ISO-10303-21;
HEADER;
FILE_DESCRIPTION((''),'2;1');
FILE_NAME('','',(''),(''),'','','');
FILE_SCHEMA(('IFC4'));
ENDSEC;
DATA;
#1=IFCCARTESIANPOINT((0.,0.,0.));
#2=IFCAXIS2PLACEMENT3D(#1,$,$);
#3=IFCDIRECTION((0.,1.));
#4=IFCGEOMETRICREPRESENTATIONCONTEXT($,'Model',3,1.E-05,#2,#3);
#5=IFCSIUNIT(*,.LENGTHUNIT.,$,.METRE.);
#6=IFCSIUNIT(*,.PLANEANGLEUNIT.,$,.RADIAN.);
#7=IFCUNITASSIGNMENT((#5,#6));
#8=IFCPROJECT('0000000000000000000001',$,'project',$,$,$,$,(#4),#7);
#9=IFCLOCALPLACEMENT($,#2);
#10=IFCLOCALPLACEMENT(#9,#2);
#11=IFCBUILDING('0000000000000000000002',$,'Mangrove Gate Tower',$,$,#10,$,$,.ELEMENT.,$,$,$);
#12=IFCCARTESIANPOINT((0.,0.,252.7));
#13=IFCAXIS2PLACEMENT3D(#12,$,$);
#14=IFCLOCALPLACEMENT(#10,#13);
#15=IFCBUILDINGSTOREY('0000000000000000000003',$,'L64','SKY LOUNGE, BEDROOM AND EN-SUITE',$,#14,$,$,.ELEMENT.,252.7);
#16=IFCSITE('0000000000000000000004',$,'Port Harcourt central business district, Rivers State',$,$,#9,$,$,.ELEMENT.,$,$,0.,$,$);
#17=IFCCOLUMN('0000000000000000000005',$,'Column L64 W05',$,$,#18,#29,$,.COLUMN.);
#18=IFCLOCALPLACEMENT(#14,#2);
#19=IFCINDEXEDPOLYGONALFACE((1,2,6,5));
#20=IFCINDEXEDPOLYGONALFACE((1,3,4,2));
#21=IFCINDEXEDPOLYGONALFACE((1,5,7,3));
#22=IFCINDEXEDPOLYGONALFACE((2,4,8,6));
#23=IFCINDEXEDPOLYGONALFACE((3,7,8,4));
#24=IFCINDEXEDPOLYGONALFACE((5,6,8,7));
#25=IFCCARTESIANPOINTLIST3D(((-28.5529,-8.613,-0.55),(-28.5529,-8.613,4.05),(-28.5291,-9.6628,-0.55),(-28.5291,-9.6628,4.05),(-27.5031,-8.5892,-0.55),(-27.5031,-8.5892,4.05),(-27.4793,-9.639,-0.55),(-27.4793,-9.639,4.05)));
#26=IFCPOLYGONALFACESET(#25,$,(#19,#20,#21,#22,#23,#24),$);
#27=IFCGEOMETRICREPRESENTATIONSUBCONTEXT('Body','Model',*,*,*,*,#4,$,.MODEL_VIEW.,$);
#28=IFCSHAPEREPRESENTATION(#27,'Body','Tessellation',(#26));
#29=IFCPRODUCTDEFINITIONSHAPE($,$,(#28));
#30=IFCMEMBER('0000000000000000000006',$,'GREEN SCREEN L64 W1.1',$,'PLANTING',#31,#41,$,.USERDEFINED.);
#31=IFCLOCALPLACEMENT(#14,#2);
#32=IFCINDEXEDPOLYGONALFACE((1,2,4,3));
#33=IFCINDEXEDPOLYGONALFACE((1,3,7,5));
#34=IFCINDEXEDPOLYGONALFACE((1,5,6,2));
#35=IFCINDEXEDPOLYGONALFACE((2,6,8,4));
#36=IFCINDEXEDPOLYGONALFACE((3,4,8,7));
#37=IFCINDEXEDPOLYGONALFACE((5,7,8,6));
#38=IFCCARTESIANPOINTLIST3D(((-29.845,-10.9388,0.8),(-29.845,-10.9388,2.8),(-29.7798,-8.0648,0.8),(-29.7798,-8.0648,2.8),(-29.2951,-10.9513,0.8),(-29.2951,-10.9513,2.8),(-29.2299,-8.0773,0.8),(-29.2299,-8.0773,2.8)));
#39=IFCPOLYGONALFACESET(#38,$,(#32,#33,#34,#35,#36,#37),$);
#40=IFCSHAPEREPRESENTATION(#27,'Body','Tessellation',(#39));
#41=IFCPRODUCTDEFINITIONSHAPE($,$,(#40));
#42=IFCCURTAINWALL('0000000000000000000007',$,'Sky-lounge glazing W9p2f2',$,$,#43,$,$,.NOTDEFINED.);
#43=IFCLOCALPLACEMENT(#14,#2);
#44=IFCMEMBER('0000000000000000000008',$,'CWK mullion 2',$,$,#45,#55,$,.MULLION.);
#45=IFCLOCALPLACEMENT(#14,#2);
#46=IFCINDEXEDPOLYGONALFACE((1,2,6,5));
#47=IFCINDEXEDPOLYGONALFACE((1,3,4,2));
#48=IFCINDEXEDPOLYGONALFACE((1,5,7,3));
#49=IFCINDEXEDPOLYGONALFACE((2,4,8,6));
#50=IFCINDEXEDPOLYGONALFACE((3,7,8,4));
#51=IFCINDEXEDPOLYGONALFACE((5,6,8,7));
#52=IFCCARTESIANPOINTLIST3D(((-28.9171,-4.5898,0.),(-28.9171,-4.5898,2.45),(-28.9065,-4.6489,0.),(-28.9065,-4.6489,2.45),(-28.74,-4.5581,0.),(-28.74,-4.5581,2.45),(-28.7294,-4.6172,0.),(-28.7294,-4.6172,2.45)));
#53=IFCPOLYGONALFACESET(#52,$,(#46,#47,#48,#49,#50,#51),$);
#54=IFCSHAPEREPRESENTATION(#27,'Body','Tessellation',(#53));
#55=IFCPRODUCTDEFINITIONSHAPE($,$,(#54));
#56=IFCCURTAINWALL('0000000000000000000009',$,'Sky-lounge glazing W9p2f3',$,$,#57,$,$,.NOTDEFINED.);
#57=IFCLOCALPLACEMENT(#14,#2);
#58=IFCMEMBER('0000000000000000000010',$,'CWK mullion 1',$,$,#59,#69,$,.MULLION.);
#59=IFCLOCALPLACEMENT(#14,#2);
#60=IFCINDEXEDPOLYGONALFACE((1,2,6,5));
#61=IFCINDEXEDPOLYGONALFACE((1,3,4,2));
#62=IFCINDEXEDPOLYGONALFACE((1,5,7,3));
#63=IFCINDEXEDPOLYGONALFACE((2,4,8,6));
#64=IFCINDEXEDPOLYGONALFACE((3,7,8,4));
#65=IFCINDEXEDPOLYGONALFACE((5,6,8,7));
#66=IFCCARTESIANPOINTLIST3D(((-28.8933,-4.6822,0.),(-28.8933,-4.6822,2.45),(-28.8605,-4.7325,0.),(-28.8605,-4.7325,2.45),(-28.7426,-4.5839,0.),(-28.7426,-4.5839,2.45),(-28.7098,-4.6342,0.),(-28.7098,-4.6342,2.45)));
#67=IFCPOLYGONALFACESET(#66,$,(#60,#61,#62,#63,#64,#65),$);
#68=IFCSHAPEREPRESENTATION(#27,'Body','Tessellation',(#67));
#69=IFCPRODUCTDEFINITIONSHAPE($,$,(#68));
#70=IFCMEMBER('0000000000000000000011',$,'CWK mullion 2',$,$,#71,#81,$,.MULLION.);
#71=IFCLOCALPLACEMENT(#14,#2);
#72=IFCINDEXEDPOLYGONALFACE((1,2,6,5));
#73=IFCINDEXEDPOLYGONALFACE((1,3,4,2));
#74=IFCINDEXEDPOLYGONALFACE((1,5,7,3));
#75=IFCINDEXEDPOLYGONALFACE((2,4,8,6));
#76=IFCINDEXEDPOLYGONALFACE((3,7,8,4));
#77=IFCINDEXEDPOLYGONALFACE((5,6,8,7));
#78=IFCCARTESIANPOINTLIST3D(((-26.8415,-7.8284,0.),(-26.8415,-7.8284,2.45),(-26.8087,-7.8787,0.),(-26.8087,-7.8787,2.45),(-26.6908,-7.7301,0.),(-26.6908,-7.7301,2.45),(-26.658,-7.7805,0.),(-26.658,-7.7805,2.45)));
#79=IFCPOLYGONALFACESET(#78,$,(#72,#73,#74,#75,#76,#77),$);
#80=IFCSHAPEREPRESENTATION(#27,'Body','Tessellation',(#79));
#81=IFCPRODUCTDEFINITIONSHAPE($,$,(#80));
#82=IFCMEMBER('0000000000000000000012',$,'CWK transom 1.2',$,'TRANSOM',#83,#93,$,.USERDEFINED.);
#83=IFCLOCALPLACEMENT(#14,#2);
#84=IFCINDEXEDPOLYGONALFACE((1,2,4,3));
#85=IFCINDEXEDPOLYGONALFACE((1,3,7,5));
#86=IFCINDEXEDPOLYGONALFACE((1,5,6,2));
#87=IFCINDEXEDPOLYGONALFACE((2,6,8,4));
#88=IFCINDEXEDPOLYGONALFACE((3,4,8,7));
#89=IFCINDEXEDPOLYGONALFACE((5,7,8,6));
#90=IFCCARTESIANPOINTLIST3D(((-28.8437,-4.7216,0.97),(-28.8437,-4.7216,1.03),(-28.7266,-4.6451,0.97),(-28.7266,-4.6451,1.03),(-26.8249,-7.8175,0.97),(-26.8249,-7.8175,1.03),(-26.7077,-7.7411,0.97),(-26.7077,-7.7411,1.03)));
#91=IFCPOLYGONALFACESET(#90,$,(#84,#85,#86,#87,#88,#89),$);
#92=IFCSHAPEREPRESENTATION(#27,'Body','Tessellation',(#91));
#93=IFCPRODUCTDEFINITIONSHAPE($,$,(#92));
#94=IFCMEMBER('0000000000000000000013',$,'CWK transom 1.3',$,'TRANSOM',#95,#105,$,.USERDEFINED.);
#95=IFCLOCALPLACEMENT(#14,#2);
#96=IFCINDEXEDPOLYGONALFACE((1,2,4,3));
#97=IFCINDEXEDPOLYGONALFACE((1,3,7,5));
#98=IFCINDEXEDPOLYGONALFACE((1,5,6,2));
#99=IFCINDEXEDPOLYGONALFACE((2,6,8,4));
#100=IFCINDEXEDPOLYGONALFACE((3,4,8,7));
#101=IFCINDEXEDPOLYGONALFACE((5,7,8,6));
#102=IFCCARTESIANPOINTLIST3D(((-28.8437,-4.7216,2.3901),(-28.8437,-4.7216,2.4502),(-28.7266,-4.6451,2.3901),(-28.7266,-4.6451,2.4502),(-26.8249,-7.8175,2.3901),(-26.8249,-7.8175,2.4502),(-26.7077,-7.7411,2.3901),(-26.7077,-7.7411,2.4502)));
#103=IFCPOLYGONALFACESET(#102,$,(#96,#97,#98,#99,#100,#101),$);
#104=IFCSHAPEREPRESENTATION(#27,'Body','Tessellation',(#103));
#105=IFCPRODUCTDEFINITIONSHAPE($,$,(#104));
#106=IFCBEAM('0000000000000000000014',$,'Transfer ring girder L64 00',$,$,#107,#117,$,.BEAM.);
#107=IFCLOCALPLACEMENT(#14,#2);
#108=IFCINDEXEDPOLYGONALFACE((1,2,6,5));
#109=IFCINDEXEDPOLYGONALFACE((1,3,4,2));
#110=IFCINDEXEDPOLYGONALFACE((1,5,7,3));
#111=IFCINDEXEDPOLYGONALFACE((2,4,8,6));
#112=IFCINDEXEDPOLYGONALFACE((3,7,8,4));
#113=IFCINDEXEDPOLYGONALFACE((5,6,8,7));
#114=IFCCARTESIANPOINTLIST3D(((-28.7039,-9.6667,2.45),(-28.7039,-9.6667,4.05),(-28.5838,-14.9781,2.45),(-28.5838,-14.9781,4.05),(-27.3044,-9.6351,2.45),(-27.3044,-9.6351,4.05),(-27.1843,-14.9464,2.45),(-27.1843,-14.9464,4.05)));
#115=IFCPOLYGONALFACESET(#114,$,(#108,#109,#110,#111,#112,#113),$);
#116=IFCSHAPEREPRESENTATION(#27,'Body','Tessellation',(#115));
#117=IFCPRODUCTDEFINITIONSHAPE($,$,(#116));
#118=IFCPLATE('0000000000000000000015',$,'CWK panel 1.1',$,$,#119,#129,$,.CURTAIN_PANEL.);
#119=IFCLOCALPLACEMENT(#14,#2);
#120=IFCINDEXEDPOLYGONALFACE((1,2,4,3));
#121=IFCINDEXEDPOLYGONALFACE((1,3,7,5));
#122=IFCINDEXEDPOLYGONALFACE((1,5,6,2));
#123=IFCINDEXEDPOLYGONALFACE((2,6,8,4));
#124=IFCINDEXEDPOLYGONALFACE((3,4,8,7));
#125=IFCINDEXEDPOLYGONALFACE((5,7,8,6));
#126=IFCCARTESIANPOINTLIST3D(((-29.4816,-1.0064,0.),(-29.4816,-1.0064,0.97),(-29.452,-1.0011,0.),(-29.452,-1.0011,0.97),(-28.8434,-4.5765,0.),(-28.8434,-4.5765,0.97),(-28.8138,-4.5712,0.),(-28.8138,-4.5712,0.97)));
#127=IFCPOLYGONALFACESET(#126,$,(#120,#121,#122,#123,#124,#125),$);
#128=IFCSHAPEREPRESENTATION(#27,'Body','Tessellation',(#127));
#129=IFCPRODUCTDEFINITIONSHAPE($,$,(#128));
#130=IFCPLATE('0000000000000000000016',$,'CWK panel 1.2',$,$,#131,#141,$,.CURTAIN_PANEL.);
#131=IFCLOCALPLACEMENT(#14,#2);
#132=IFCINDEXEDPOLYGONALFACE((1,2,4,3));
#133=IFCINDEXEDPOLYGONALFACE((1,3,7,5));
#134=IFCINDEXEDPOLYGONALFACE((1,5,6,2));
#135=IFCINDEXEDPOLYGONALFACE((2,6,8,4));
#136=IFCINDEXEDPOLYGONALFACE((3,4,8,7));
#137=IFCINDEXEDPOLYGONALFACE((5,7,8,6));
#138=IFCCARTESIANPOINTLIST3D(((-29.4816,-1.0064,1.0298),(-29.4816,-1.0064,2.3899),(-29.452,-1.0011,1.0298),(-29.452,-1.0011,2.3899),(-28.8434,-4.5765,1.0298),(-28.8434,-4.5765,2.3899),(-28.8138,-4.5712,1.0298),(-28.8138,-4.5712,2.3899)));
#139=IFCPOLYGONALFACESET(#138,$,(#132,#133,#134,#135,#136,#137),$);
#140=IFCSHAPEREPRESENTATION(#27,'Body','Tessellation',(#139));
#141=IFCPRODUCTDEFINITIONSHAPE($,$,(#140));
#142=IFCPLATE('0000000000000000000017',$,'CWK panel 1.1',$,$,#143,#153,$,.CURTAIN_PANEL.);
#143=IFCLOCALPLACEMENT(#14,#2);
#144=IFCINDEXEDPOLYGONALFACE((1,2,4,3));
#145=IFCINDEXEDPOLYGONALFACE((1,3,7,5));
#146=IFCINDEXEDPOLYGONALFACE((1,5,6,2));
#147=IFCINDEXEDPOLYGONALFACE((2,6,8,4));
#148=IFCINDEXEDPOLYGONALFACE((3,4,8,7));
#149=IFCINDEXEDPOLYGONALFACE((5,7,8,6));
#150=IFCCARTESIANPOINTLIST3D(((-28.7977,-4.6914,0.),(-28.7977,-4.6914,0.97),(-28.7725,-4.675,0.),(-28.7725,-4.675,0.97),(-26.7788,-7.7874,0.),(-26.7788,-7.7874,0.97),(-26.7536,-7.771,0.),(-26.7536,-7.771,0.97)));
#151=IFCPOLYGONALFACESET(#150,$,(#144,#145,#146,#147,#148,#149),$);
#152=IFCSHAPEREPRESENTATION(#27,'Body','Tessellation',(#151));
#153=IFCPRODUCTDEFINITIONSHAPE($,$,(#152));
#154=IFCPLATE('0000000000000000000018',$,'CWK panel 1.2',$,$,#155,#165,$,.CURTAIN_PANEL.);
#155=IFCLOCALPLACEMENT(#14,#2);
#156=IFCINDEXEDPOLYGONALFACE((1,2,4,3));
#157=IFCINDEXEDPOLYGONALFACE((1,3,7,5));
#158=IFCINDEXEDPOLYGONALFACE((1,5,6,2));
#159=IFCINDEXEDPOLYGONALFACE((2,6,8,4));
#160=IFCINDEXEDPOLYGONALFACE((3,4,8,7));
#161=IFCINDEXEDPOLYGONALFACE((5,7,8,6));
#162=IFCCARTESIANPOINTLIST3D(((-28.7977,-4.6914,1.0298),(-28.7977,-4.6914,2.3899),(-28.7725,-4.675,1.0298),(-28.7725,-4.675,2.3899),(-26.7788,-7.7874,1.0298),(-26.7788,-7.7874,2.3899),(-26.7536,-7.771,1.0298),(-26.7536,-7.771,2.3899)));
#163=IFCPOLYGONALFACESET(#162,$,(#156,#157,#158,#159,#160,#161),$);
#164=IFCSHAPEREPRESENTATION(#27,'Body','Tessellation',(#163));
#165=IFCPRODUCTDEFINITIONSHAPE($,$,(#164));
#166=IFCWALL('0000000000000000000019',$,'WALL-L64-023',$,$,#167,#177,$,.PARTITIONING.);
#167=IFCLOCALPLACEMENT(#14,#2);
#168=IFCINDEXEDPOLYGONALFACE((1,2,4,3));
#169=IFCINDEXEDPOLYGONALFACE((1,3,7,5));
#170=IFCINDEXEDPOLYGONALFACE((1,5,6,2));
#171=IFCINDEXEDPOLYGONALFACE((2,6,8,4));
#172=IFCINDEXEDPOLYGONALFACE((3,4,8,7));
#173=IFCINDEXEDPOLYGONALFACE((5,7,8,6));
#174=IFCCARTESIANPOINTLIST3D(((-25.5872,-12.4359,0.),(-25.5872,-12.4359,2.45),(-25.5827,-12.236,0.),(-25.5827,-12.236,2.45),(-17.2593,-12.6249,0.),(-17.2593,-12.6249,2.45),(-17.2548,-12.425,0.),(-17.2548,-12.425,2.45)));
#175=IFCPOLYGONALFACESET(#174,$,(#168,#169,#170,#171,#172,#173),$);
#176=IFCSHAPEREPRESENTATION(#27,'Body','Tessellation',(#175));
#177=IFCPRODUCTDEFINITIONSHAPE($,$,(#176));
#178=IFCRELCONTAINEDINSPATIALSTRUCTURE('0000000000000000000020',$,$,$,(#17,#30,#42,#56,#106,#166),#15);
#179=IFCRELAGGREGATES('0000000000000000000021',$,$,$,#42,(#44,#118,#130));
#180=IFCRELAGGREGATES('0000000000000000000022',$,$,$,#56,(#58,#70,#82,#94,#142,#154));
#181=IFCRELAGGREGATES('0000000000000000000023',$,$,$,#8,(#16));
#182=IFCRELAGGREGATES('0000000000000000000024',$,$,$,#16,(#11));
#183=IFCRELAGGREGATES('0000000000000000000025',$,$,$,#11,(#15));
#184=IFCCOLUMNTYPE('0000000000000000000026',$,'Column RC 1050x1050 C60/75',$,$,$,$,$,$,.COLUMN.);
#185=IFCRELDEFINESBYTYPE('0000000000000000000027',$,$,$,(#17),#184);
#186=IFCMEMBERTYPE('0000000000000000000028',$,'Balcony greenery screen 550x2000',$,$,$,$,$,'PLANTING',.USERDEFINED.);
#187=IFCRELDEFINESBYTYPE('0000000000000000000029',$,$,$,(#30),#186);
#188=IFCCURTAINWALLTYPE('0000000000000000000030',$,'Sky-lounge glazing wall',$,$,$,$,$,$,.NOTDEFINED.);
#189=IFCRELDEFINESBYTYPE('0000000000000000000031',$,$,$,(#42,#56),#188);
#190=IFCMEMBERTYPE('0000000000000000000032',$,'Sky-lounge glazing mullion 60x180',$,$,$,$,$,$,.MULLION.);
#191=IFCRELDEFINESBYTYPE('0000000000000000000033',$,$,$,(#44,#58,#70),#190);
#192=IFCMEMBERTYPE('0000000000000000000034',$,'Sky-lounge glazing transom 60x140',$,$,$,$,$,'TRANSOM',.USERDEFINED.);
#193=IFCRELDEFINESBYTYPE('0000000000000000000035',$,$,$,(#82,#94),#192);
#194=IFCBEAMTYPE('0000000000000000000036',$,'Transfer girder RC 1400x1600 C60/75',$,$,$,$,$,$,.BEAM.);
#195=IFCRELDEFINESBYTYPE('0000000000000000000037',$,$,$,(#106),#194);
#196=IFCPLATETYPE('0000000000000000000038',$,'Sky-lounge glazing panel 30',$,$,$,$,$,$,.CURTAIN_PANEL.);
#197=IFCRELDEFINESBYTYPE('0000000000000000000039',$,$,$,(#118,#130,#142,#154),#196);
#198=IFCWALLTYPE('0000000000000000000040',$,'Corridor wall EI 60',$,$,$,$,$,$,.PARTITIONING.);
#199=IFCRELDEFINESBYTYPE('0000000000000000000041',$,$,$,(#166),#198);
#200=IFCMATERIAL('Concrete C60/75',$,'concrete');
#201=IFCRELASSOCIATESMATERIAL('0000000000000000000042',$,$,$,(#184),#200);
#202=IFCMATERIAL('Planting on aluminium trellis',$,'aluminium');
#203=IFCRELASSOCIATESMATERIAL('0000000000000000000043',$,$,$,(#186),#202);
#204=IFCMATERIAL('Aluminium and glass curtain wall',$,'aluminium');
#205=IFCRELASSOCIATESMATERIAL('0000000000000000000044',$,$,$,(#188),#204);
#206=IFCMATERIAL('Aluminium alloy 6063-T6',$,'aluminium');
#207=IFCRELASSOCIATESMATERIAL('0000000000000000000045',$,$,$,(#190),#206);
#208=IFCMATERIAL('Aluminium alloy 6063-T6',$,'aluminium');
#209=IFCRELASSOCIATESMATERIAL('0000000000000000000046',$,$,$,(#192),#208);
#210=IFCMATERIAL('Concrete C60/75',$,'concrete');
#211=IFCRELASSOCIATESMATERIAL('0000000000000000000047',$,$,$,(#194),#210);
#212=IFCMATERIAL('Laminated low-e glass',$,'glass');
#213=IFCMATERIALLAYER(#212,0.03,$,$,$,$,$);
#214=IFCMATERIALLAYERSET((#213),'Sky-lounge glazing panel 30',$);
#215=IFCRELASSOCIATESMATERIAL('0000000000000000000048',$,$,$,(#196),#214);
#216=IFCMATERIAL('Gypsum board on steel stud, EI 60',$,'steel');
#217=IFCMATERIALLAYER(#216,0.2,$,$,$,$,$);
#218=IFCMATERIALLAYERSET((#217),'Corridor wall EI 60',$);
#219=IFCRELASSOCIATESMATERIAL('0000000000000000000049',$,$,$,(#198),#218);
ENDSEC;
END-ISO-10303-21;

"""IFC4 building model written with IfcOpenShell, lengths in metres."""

from ifc_helpers import new_model, si_unit, direction, frame, frame_2d, origin, origin_2d, place, context, subcontext, project, spatial, rectangle, extrude, material, layer, layer_set, material_profile, profile_set, type_object, element, aggregate, save


model = new_model("IFC4")

# Units and contexts
model_context = context("Model", 3, precision=1e-05, world=origin(), true_north=direction((0.0, 1.0)))
body_context = subcontext(model_context, "Body", "Model", "MODEL_VIEW")
ifc_project = project(units=[si_unit("LENGTHUNIT", "METRE"), si_unit("PLANEANGLEUNIT", "RADIAN")], contexts=[model_context])

# Site, building, storey
site_placement = place(None, origin())
site = spatial("IfcSite", under=ifc_project, at=site_placement, Name="Port Harcourt central business district, Rivers State", CompositionType="ELEMENT", RefElevation=0.0)
building_placement = place(site_placement, origin())
building = spatial("IfcBuilding", under=site, at=building_placement, Name="Mangrove Gate Tower", CompositionType="ELEMENT")
storey_placement = place(building_placement, frame((0.0, 0.0, 252.7)))
storey = spatial("IfcBuildingStorey", under=building, at=storey_placement, Name="L64", Description="SKY LOUNGE, BEDROOM AND EN-SUITE", CompositionType="ELEMENT", Elevation=252.7)

# Column
ifc_material_1 = material(Name="Concrete C60/75", Category="concrete")
ifc_material_profile_1 = material_profile(ifc_material_1, rectangle(XDim=1.05, YDim=1.05, at=origin_2d()))
ifc_profile_set_1 = profile_set([ifc_material_profile_1], Name="Concrete C60/75")
column_type = type_object("IfcColumnType", Name="Column RC 1050x1050 C60/75", PredefinedType="COLUMN", material=ifc_profile_set_1)
column_placement = place(storey_placement, frame((-28.0161, -9.126, -0.55), z_axis=(0.0, 0.0, 1.0), x_axis=(0.022672, -0.999743, 0.0)))
element("IfcColumn", 1, at=column_placement, inside=storey, type_object=column_type, Name="Column L64 W05", PredefinedType="COLUMN", context=body_context, shape_type="SweptSolid", body=[
    extrude(rectangle(XDim=1.05, YDim=1.05, at=origin_2d()), origin(), (0.0, 0.0, 1.0), 4.6001),
])

# Member
ifc_material_2 = material(Name="Planting on aluminium trellis", Category="aluminium")
ifc_material_profile_2 = material_profile(ifc_material_2, rectangle(XDim=0.55, YDim=2.0, at=origin_2d()))
ifc_profile_set_2 = profile_set([ifc_material_profile_2], Name="Planting on aluminium trellis")
member_type_1 = type_object("IfcMemberType", Name="Balcony greenery screen 550x2000", ElementType="PLANTING", PredefinedType="USERDEFINED", material=ifc_profile_set_2)
member_1_placement = place(storey_placement, frame((-29.5701, -10.9451, 1.8), z_axis=(0.022675, 0.999743, 0.0), x_axis=(-0.999743, 0.022675, 0.0)))
element("IfcMember", 2, at=member_1_placement, inside=storey, type_object=member_type_1, Name="GREEN SCREEN L64 W1.1", ObjectType="PLANTING", PredefinedType="USERDEFINED", context=body_context, shape_type="SweptSolid", body=[
    extrude(rectangle(XDim=0.55, YDim=2.0, at=origin_2d()), origin(), (0.0, 0.0, 1.0), 2.8748),
])

# Curtain wall, member
ifc_material_3 = material(Name="Aluminium and glass curtain wall", Category="aluminium")
curtain_wall_type = type_object("IfcCurtainWallType", Name="Sky-lounge glazing wall", PredefinedType="NOTDEFINED", material=ifc_material_3)
curtain_wall_1_placement = place(storey_placement, origin())
curtain_wall_1 = element("IfcCurtainWall", 3, at=curtain_wall_1_placement, inside=storey, type_object=curtain_wall_type, Name="Sky-lounge glazing W9p2f2", PredefinedType="NOTDEFINED")
ifc_material_4 = material(Name="Aluminium alloy 6063-T6", Category="aluminium")
ifc_material_profile_3 = material_profile(ifc_material_4, rectangle(XDim=0.0601, YDim=0.1799, at=origin_2d()))
ifc_profile_set_3 = profile_set([ifc_material_profile_3], Name="Aluminium alloy 6063-T6")
member_type_2 = type_object("IfcMemberType", Name="Sky-lounge glazing mullion 60x180", PredefinedType="MULLION", material=ifc_profile_set_3)
member_2_placement = place(storey_placement, frame((-28.8232, -4.6035, 0.0), z_axis=(0.0, 0.0, 1.0), x_axis=(0.175968, -0.984396, 0.0)))
member_2 = element("IfcMember", 4, at=member_2_placement, type_object=member_type_2, Name="CWK mullion 2", PredefinedType="MULLION", context=body_context, shape_type="SweptSolid", body=[
    extrude(rectangle(XDim=0.0601, YDim=0.1799, at=origin_2d()), origin(), (0.0, 0.0, 1.0), 2.45),
])

# Curtain wall, members
curtain_wall_2_placement = place(storey_placement, origin())
curtain_wall_2 = element("IfcCurtainWall", 5, at=curtain_wall_2_placement, inside=storey, type_object=curtain_wall_type, Name="Sky-lounge glazing W9p2f3", PredefinedType="NOTDEFINED")
member_3_placement = place(storey_placement, frame((-28.8015, -4.6582, 0.0), z_axis=(0.0, 0.0, 1.0), x_axis=(0.546235, -0.837632, 0.0)))
member_3 = element("IfcMember", 6, at=member_3_placement, type_object=member_type_2, Name="CWK mullion 1", PredefinedType="MULLION", context=body_context, shape_type="SweptSolid", body=[
    extrude(rectangle(XDim=0.0601, YDim=0.1799, at=origin_2d()), origin(), (0.0, 0.0, 1.0), 2.45),
])
member_4_placement = place(storey_placement, frame((-26.7498, -7.8044, 0.0), z_axis=(0.0, 0.0, 1.0), x_axis=(0.546235, -0.837632, 0.0)))
member_4 = element("IfcMember", 7, at=member_4_placement, type_object=member_type_2, Name="CWK mullion 2", PredefinedType="MULLION", context=body_context, shape_type="SweptSolid", body=[
    extrude(rectangle(XDim=0.0601, YDim=0.1799, at=origin_2d()), origin(), (0.0, 0.0, 1.0), 2.45),
])
ifc_material_5 = material(Name="Aluminium alloy 6063-T6", Category="aluminium")
ifc_material_profile_4 = material_profile(ifc_material_5, rectangle(XDim=0.0601, YDim=0.1399, at=origin_2d()))
ifc_profile_set_4 = profile_set([ifc_material_profile_4], Name="Aluminium alloy 6063-T6")
member_type_3 = type_object("IfcMemberType", Name="Sky-lounge glazing transom 60x140", ElementType="TRANSOM", PredefinedType="USERDEFINED", material=ifc_profile_set_4)
member_5_placement = place(storey_placement, frame((-28.7852, -4.6833, 1.0), z_axis=(0.546211, -0.837647, 0.0), x_axis=(0.0, 0.0, 1.0)))
member_5 = element("IfcMember", 8, at=member_5_placement, type_object=member_type_3, Name="CWK transom 1.2", ObjectType="TRANSOM", PredefinedType="USERDEFINED", context=body_context, shape_type="SweptSolid", body=[
    extrude(rectangle(XDim=0.0601, YDim=0.1399, at=origin_2d()), origin(), (0.0, 0.0, 1.0), 3.696),
])
member_6_placement = place(storey_placement, frame((-28.7852, -4.6833, 2.4202), z_axis=(0.546211, -0.837647, 0.0), x_axis=(0.0, 0.0, 1.0)))
member_6 = element("IfcMember", 9, at=member_6_placement, type_object=member_type_3, Name="CWK transom 1.3", ObjectType="TRANSOM", PredefinedType="USERDEFINED", context=body_context, shape_type="SweptSolid", body=[
    extrude(rectangle(XDim=0.0601, YDim=0.1399, at=origin_2d()), origin(), (0.0, 0.0, 1.0), 3.696),
])

# Beam
ifc_material_6 = material(Name="Concrete C60/75", Category="concrete")
ifc_material_profile_5 = material_profile(ifc_material_6, rectangle(XDim=1.3999, YDim=1.6001, at=origin_2d()))
ifc_profile_set_5 = profile_set([ifc_material_profile_5], Name="Concrete C60/75")
beam_type = type_object("IfcBeamType", Name="Transfer girder RC 1400x1600 C60/75", PredefinedType="BEAM", material=ifc_profile_set_5)
beam_placement = place(storey_placement, frame((-28.0042, -9.6509, 3.25), z_axis=(0.02261, -0.999744, 0.0), x_axis=(0.999744, 0.02261, 0.0)))
element("IfcBeam", 10, at=beam_placement, inside=storey, type_object=beam_type, Name="Transfer ring girder L64 00", PredefinedType="BEAM", context=body_context, shape_type="SweptSolid", body=[
    extrude(rectangle(XDim=1.3999, YDim=1.6001, at=origin_2d()), origin(), (0.0, 0.0, 1.0), 5.3127),
])

# Plates
ifc_material_7 = material(Name="Laminated low-e glass", Category="glass")
ifc_layer_1 = layer(ifc_material_7, 0.03)
ifc_layer_set_1 = layer_set([ifc_layer_1], Name="Sky-lounge glazing panel 30")
plate_type = type_object("IfcPlateType", Name="Sky-lounge glazing panel 30", PredefinedType="CURTAIN_PANEL", material=ifc_layer_set_1)
plate_1_placement = place(storey_placement, frame((-29.1477, -2.7888, 0.0), z_axis=(0.0, 0.0, 1.0), x_axis=(0.175968, -0.984396, 0.0)))
plate_1 = element("IfcPlate", 11, at=plate_1_placement, type_object=plate_type, Name="CWK panel 1.1", PredefinedType="CURTAIN_PANEL", context=body_context, shape_type="SweptSolid", body=[
    extrude(rectangle(XDim=3.6267, YDim=0.03, at=origin_2d()), origin(), (0.0, 0.0, 1.0), 0.97),
])
plate_2_placement = place(storey_placement, frame((-29.1477, -2.7888, 1.0298), z_axis=(0.0, 0.0, 1.0), x_axis=(0.175968, -0.984396, 0.0)))
plate_2 = element("IfcPlate", 12, at=plate_2_placement, type_object=plate_type, Name="CWK panel 1.2", PredefinedType="CURTAIN_PANEL", context=body_context, shape_type="SweptSolid", body=[
    extrude(rectangle(XDim=3.6267, YDim=0.03, at=origin_2d()), origin(), (0.0, 0.0, 1.0), 1.3601),
])
aggregate(curtain_wall_1, [member_2, plate_1, plate_2])
plate_3_placement = place(storey_placement, frame((-27.7756, -6.2312, 0.0), z_axis=(0.0, 0.0, 1.0), x_axis=(0.546235, -0.837632, 0.0)))
plate_3 = element("IfcPlate", 13, at=plate_3_placement, type_object=plate_type, Name="CWK panel 1.1", PredefinedType="CURTAIN_PANEL", context=body_context, shape_type="SweptSolid", body=[
    extrude(rectangle(XDim=3.696, YDim=0.03, at=origin_2d()), origin(), (0.0, 0.0, 1.0), 0.97),
])
plate_4_placement = place(storey_placement, frame((-27.7756, -6.2312, 1.0298), z_axis=(0.0, 0.0, 1.0), x_axis=(0.546235, -0.837632, 0.0)))
plate_4 = element("IfcPlate", 14, at=plate_4_placement, type_object=plate_type, Name="CWK panel 1.2", PredefinedType="CURTAIN_PANEL", context=body_context, shape_type="SweptSolid", body=[
    extrude(rectangle(XDim=3.696, YDim=0.03, at=origin_2d()), origin(), (0.0, 0.0, 1.0), 1.3601),
])
aggregate(curtain_wall_2, [member_3, member_4, member_5, member_6, plate_3, plate_4])

# Wall
ifc_material_8 = material(Name="Gypsum board on steel stud, EI 60", Category="steel")
ifc_layer_2 = layer(ifc_material_8, 0.2)
ifc_layer_set_2 = layer_set([ifc_layer_2], Name="Corridor wall EI 60")
wall_type_1 = type_object("IfcWallType", Name="Corridor wall EI 60", PredefinedType="PARTITIONING", material=ifc_layer_set_2)
wall_1_placement = place(storey_placement, frame((-25.585, -12.3359, 0.0), z_axis=(0.0, 0.0, 1.0), x_axis=(0.999743, -0.022685, 0.0)))
element("IfcWall", 15, at=wall_1_placement, inside=storey, type_object=wall_type_1, Name="WALL-L64-023", PredefinedType="PARTITIONING", context=body_context, shape_type="SweptSolid", body=[
    extrude(rectangle(XDim=8.3301, YDim=0.2, at=frame_2d((4.165, 0.0))), origin(), (0.0, 0.0, 1.0), 2.45),
])

save(model, "model.ifc")
